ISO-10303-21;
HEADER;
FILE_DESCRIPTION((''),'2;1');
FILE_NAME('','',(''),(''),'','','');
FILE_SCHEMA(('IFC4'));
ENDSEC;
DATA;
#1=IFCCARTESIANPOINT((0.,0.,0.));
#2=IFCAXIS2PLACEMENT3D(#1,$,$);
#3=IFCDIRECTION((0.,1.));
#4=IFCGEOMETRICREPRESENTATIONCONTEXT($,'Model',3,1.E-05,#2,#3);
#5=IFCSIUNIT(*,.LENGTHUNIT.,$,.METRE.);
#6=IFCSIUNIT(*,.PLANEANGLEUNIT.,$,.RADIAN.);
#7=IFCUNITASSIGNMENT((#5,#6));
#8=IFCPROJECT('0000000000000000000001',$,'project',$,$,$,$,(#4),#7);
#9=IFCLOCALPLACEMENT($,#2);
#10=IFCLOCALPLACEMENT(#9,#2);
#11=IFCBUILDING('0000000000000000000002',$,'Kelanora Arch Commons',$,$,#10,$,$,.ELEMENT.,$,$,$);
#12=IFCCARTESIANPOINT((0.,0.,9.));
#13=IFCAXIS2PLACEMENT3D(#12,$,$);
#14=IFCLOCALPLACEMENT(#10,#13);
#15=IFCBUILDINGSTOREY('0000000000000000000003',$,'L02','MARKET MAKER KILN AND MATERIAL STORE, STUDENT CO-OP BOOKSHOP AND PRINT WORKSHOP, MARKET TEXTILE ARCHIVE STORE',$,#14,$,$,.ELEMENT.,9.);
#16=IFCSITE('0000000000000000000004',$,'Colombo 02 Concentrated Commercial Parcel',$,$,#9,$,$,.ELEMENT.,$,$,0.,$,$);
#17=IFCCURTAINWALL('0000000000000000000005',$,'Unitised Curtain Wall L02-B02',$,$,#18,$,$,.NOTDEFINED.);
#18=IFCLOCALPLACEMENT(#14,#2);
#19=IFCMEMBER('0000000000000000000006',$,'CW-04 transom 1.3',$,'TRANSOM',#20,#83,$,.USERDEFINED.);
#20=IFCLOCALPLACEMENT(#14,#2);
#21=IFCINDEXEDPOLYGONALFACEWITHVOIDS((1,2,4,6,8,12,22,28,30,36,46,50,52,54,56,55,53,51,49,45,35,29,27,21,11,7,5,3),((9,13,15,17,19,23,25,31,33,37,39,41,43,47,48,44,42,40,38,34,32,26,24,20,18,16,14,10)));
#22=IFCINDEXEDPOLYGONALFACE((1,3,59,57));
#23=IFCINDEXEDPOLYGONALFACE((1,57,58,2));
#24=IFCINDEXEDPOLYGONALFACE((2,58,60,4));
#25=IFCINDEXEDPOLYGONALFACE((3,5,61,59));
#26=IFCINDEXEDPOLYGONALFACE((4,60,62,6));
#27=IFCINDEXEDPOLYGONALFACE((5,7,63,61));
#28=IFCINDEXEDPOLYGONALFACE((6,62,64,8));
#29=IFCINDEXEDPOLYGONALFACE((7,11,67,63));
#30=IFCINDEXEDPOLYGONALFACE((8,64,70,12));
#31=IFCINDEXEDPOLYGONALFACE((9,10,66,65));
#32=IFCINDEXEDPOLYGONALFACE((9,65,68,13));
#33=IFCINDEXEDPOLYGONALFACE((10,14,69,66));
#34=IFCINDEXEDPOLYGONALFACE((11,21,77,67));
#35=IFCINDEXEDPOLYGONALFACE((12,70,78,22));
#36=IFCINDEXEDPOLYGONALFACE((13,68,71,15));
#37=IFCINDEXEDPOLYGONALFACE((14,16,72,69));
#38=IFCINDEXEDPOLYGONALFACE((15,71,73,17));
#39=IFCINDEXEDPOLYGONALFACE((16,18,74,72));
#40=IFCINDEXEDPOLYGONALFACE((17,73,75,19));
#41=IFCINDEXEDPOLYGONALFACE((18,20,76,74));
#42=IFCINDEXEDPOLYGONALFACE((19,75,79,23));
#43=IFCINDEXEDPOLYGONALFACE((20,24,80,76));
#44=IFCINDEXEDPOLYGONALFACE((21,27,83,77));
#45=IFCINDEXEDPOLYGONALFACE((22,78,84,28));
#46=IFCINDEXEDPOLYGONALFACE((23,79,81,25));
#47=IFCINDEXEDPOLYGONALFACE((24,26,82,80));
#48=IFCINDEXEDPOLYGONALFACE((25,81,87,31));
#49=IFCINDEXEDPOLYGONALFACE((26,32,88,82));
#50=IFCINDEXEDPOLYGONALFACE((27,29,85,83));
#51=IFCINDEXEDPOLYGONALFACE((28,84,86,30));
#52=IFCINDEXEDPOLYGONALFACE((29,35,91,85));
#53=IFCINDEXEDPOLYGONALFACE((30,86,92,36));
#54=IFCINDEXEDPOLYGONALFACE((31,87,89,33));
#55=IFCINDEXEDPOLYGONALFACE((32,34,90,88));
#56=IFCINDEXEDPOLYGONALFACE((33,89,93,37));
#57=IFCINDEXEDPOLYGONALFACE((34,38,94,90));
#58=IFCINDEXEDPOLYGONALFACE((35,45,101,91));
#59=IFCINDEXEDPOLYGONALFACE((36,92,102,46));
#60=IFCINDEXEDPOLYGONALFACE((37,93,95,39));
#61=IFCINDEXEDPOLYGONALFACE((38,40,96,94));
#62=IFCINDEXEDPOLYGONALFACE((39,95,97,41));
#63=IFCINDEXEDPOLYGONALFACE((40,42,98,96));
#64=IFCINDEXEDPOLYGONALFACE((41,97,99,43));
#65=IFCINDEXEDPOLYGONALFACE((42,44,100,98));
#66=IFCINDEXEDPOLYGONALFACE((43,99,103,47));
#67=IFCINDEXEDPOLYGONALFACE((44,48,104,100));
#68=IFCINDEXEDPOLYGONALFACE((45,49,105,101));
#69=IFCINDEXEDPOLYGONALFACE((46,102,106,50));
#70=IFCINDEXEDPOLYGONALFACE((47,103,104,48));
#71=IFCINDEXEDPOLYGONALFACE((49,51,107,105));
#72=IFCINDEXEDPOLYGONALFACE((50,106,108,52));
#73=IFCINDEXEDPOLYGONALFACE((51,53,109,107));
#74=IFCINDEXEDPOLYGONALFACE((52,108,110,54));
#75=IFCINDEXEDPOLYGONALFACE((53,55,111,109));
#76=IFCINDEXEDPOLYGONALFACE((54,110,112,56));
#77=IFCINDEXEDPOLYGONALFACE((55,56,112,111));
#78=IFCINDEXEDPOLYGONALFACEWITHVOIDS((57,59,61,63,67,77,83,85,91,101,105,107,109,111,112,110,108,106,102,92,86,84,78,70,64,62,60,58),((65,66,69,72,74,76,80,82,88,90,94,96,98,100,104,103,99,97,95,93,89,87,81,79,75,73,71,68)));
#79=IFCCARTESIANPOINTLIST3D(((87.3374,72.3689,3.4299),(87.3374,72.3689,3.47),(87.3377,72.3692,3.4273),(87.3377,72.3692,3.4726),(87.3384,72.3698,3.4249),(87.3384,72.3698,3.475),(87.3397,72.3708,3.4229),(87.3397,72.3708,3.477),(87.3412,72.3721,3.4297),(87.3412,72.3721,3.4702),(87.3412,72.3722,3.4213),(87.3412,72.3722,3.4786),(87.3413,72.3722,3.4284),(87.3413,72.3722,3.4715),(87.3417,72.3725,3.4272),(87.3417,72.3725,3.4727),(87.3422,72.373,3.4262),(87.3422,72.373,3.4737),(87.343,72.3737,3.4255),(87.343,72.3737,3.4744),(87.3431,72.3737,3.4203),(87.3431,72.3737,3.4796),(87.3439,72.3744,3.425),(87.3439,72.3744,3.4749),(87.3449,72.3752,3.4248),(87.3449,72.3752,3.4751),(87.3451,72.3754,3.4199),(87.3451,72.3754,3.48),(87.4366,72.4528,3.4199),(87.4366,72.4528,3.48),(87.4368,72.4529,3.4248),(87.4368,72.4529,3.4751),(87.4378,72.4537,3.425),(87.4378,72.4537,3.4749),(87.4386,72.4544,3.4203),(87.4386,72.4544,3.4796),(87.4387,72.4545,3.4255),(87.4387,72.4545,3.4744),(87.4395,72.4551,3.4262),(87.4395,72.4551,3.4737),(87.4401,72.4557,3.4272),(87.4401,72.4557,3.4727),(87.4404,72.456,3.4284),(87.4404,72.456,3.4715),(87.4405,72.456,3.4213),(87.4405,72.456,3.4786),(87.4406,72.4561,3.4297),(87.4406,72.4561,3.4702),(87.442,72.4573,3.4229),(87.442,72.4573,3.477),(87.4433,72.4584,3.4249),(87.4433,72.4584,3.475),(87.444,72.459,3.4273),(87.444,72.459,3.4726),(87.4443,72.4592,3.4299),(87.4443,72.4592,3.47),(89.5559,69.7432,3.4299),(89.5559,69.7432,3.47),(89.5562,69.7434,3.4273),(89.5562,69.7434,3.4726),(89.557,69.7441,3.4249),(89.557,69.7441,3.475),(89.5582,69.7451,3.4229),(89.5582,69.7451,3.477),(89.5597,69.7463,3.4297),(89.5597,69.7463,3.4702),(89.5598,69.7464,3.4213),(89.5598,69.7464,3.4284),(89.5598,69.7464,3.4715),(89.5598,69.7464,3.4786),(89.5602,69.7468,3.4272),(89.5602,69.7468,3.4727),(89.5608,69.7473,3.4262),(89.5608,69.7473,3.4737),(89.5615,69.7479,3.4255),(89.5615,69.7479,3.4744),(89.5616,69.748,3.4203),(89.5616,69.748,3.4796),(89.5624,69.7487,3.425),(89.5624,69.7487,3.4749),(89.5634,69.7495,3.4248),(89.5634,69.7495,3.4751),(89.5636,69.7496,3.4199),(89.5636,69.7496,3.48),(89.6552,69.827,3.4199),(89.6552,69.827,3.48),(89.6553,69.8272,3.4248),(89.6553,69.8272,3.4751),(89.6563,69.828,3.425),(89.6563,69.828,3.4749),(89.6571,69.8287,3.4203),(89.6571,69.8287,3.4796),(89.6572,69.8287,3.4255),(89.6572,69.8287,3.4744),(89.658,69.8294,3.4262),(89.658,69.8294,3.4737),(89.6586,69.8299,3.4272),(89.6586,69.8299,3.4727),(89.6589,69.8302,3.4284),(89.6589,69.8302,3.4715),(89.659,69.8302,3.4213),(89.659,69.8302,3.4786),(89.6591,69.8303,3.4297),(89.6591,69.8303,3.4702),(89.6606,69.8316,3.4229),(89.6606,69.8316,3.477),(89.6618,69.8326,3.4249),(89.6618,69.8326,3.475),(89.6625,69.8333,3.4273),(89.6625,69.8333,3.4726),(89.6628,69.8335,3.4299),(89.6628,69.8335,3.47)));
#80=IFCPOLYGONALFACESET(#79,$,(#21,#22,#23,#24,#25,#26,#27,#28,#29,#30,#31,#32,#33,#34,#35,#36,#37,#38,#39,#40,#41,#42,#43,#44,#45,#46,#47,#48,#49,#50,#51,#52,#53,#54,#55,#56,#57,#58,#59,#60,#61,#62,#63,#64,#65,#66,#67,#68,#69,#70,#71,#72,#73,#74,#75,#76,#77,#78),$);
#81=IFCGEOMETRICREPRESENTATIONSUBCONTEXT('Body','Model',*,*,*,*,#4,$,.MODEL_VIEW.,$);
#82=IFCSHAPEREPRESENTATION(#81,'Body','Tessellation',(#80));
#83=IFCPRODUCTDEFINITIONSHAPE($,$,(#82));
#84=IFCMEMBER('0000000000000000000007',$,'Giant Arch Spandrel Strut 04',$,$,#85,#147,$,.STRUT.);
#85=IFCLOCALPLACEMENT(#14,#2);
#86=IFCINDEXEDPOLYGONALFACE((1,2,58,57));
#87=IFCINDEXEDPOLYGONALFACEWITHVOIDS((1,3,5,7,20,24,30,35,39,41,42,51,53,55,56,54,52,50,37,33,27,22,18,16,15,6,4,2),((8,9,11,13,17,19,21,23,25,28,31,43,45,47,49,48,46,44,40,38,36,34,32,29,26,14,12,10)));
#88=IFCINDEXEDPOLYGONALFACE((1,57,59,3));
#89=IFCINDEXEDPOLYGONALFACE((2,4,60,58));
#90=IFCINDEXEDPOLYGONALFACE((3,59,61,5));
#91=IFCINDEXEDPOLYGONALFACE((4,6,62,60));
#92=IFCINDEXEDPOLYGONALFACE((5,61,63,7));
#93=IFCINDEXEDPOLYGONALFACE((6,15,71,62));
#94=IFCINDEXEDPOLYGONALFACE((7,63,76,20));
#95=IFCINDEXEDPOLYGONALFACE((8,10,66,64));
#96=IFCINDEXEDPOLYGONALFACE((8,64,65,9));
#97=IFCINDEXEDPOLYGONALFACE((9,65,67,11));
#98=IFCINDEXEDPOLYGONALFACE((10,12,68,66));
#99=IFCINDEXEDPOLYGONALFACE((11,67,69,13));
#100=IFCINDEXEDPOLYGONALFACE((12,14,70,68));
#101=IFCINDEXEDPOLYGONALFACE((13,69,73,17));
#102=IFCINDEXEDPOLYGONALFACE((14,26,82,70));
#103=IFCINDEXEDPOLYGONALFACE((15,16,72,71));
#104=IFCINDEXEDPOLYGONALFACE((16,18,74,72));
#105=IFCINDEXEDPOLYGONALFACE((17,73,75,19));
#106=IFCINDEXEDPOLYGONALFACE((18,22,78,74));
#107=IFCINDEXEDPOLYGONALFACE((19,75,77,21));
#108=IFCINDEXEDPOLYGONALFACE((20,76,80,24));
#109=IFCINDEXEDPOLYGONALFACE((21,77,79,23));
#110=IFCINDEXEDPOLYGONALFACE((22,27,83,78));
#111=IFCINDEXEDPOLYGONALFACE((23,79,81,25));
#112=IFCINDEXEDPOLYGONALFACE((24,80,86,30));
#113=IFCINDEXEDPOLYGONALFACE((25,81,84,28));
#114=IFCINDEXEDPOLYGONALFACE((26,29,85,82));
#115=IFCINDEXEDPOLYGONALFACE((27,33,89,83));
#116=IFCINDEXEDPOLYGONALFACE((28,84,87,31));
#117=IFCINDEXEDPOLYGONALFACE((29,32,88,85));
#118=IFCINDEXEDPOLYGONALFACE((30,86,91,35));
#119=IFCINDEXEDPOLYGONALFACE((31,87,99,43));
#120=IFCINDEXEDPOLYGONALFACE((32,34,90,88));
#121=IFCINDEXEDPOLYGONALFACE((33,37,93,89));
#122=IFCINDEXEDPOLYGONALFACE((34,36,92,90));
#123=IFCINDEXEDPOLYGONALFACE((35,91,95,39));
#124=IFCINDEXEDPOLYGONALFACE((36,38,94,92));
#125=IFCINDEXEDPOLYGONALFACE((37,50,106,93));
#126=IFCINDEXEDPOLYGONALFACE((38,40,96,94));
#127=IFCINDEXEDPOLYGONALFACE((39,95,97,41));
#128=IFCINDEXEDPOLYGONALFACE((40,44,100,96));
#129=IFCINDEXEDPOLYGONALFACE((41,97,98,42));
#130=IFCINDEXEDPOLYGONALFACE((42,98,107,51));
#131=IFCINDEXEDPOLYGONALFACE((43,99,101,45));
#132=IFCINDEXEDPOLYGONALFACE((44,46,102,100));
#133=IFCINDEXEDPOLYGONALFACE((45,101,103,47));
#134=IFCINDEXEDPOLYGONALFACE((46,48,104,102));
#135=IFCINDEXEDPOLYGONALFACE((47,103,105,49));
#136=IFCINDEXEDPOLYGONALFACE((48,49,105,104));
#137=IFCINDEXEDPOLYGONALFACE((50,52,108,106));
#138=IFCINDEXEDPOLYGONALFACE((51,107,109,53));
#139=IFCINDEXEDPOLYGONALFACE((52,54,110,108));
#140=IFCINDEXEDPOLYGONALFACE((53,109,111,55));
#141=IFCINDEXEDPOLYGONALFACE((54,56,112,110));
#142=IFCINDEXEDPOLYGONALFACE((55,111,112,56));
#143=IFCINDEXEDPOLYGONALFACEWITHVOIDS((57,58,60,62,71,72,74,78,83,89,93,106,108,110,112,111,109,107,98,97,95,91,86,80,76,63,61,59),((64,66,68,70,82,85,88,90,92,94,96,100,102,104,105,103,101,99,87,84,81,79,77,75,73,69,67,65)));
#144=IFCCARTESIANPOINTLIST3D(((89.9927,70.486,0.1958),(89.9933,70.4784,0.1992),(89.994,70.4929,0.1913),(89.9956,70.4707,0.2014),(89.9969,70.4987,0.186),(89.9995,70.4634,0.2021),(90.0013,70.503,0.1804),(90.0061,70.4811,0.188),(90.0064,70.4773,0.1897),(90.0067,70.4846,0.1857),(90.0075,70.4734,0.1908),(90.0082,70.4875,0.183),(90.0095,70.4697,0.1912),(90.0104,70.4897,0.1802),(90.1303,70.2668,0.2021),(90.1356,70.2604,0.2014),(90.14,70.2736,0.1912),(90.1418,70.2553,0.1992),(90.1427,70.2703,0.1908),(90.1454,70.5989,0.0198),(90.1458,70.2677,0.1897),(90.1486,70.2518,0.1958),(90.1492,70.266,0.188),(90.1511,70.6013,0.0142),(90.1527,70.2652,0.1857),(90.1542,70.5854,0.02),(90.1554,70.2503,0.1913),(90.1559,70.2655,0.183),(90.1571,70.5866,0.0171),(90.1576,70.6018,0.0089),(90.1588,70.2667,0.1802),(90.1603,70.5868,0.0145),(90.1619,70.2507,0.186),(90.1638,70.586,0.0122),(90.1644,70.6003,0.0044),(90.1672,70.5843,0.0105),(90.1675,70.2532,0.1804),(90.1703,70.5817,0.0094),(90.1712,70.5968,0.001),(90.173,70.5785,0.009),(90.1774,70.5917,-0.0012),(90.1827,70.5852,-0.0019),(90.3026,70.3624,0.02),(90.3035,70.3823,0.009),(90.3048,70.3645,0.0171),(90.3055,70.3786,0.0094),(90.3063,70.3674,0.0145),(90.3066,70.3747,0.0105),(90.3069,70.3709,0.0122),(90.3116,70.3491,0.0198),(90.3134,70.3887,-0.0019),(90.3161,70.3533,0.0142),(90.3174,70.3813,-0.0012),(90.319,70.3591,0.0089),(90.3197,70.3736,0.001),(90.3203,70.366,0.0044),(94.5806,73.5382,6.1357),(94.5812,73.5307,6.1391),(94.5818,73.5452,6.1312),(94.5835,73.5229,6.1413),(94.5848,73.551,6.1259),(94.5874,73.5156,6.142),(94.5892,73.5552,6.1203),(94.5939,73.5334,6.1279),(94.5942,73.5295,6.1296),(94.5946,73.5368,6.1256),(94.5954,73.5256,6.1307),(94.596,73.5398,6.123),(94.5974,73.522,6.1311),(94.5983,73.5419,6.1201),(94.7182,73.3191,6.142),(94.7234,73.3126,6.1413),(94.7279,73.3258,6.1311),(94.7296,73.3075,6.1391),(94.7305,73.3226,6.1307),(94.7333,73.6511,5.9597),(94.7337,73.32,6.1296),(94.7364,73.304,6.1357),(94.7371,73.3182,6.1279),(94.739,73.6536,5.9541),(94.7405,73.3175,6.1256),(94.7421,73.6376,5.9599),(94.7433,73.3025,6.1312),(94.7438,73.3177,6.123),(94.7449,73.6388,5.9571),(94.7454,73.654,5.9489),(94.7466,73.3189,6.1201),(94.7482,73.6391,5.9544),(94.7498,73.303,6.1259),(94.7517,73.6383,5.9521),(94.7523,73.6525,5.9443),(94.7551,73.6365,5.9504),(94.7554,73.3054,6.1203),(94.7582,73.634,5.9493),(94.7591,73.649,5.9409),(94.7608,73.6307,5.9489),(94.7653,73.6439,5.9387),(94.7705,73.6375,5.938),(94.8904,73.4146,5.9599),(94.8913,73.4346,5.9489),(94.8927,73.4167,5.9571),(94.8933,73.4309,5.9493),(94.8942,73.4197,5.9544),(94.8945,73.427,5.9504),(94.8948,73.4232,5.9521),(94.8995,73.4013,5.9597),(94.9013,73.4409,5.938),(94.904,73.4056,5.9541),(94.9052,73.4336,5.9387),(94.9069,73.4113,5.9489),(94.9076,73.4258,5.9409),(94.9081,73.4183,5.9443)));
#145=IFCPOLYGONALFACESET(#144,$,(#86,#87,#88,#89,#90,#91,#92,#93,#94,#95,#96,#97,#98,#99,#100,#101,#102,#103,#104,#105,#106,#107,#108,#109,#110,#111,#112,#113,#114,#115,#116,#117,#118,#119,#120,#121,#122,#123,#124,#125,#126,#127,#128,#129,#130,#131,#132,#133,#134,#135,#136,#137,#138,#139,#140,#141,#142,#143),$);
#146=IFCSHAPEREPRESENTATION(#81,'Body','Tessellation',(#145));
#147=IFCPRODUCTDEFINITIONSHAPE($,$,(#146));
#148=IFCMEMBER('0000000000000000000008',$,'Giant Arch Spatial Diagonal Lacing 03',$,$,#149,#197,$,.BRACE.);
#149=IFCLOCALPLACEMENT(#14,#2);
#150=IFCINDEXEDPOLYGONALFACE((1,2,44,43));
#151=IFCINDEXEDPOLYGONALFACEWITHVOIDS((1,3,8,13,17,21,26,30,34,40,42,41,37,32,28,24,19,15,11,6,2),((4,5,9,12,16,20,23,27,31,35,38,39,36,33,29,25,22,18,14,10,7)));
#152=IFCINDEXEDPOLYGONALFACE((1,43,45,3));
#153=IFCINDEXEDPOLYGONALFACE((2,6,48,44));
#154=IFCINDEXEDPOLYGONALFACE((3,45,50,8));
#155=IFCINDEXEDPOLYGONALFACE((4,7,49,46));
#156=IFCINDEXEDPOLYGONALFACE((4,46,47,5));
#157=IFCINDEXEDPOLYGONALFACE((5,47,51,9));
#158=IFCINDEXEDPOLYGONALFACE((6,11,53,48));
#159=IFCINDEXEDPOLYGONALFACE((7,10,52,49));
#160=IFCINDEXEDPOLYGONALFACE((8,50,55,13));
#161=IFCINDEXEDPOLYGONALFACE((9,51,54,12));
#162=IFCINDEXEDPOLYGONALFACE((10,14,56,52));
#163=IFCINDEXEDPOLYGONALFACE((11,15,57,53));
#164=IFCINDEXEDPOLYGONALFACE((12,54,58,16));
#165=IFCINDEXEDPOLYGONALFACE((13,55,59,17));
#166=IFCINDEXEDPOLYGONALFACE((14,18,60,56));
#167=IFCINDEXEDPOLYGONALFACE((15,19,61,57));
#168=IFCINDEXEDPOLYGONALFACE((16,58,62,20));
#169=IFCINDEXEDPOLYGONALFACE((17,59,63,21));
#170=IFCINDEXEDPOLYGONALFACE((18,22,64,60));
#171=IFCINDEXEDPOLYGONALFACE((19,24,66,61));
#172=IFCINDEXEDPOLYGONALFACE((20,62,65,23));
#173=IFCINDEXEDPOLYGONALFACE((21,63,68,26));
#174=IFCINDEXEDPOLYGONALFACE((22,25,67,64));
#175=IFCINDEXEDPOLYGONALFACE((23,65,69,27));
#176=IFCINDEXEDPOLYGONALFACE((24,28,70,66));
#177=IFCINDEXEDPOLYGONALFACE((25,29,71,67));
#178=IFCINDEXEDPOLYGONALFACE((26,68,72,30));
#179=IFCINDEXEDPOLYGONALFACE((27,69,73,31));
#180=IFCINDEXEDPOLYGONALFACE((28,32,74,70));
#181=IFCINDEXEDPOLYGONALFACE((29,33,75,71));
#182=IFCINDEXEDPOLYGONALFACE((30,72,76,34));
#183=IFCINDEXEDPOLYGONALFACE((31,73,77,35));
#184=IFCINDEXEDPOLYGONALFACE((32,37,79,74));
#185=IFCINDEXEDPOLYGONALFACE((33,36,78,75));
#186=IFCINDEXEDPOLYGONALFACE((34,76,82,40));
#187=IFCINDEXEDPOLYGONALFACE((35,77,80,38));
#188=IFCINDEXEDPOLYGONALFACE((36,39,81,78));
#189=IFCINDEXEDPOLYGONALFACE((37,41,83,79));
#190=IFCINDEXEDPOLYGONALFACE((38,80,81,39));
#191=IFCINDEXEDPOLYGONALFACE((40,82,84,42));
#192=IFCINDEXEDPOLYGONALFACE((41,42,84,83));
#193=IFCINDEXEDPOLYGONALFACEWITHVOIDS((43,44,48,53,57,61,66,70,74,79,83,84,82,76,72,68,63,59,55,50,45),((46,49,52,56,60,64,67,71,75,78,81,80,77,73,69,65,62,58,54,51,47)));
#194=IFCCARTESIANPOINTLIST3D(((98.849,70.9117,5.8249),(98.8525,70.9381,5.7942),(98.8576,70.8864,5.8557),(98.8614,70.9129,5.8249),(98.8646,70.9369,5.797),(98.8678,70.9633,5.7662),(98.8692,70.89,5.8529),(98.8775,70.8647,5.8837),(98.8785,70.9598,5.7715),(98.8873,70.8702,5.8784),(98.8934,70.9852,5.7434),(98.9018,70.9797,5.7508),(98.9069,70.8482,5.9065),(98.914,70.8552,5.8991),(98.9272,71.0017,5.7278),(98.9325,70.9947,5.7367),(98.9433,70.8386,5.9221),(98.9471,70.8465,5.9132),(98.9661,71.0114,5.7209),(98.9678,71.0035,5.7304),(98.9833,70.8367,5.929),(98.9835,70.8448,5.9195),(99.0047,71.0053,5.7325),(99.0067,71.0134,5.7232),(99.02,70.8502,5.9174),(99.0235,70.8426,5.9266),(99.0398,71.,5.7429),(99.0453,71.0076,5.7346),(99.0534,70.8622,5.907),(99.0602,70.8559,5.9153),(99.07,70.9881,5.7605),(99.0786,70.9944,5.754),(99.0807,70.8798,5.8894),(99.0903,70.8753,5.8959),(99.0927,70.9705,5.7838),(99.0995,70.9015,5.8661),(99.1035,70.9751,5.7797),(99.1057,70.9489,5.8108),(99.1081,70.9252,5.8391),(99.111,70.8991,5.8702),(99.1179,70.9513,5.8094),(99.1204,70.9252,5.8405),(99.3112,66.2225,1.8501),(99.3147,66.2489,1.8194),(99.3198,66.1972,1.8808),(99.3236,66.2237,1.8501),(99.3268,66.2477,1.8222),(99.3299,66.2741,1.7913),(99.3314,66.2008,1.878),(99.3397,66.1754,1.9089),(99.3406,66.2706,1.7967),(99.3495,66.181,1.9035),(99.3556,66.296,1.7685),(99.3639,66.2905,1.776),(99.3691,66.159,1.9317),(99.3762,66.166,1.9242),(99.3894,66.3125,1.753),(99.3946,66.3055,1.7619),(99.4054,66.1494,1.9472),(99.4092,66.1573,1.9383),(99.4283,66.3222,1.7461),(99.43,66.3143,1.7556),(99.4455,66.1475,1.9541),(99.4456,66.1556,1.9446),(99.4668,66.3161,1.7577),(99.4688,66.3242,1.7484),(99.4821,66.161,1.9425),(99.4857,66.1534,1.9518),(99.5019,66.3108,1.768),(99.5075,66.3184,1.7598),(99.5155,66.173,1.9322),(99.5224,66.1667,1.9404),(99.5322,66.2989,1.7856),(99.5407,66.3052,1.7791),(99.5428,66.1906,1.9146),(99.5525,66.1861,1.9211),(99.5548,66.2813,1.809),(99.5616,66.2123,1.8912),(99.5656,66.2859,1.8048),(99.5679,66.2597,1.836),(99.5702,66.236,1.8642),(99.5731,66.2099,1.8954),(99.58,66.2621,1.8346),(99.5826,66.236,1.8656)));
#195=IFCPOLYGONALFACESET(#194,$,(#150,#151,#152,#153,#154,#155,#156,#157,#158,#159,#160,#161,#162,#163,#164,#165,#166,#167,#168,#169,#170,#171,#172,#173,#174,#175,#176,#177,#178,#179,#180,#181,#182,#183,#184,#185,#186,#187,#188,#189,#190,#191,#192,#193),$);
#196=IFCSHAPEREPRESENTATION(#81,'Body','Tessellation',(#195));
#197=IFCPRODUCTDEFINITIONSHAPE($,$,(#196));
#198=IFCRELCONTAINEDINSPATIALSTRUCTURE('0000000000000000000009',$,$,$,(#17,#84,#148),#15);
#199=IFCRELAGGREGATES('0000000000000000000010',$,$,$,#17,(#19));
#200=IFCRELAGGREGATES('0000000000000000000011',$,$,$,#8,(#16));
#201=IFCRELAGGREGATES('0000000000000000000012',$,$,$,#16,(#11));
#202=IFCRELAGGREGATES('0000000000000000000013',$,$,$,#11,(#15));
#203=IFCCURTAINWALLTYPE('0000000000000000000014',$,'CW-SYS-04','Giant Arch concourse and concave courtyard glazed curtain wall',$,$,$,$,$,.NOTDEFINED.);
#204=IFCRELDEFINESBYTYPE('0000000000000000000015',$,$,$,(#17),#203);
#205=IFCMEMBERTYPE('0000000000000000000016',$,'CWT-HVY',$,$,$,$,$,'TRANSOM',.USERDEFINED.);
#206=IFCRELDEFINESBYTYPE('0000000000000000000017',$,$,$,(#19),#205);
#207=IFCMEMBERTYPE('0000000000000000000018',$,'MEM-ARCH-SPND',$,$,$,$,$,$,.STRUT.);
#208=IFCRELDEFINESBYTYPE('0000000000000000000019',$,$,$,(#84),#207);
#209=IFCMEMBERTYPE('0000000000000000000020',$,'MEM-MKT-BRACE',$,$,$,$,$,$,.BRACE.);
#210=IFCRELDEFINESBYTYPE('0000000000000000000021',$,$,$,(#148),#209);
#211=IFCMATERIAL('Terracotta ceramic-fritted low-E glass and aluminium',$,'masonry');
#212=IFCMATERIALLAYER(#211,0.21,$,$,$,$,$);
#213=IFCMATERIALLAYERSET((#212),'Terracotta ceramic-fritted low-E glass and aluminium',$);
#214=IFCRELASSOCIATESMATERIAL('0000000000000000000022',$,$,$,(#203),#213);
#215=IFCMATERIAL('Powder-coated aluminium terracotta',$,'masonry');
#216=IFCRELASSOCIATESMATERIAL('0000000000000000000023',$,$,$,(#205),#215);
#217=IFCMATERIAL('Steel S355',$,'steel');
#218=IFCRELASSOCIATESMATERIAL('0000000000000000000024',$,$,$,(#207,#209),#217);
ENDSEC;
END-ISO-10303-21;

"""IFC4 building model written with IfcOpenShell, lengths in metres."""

from ifc_helpers import new_model, si_unit, direction, frame, origin, origin_2d, place, context, subcontext, project, spatial, hollow_rectangle, hollow_circle, extrude, material, layer, layer_set, material_profile, profile_set, type_object, element, aggregate, save


model = new_model("IFC4")

# Units and contexts
model_context = context("Model", 3, precision=1e-05, world=origin(), true_north=direction((0.0, 1.0)))
body_context = subcontext(model_context, "Body", "Model", "MODEL_VIEW")
ifc_project = project(units=[si_unit("LENGTHUNIT", "METRE"), si_unit("PLANEANGLEUNIT", "RADIAN")], contexts=[model_context])

# Site, building, storey
site_placement = place(None, origin())
site = spatial("IfcSite", under=ifc_project, at=site_placement, Name="Colombo 02 Concentrated Commercial Parcel", CompositionType="ELEMENT", RefElevation=0.0)
building_placement = place(site_placement, origin())
building = spatial("IfcBuilding", under=site, at=building_placement, Name="Kelanora Arch Commons", CompositionType="ELEMENT")
storey_placement = place(building_placement, frame((0.0, 0.0, 9.0)))
storey = spatial("IfcBuildingStorey", under=building, at=storey_placement, Name="L02", Description="MARKET MAKER KILN AND MATERIAL STORE, STUDENT CO-OP BOOKSHOP AND PRINT WORKSHOP, MARKET TEXTILE ARCHIVE STORE", CompositionType="ELEMENT", Elevation=9.0)

# Shared definitions
ifc_material_1 = material(Name="Steel S355", Category="steel")

# Shared definitions
ifc_material_2 = material(Name="Terracotta ceramic-fritted low-E glass and aluminium", Category="masonry")
ifc_layer_1 = layer(ifc_material_2, 0.21)
ifc_layer_set_1 = layer_set([ifc_layer_1], Name="Terracotta ceramic-fritted low-E glass and aluminium")
curtain_wall_type = type_object("IfcCurtainWallType", Name="CW-SYS-04", Description="Giant Arch concourse and concave courtyard glazed curtain wall", PredefinedType="NOTDEFINED", material=ifc_layer_set_1)
ifc_material_3 = material(Name="Powder-coated aluminium terracotta", Category="masonry")

# Curtain wall
curtain_wall_1_placement = place(storey_placement, origin())
curtain_wall_1 = element("IfcCurtainWall", 1, at=curtain_wall_1_placement, inside=storey, type_object=curtain_wall_type, Name="Unitised Curtain Wall L02-B02", PredefinedType="NOTDEFINED")

# Member
ifc_material_profile_1 = material_profile(ifc_material_3, hollow_rectangle(XDim=0.1399, YDim=0.0601, WallThickness=0.0049, InnerFilletRadius=0.0049, OuterFilletRadius=0.01, at=origin_2d()), Name="CWT140x60")
ifc_profile_set_1 = profile_set([ifc_material_profile_1], Name="Powder-coated aluminium terracotta")
member_type_1 = type_object("IfcMemberType", Name="CWT-HVY", ElementType="TRANSOM", PredefinedType="USERDEFINED", material=ifc_profile_set_1)
member_1_placement = place(storey_placement, frame((89.6094, 69.7883, 3.45), z_axis=(-0.645388, 0.763855, 0.0), x_axis=(-0.763855, -0.645388, 0.0)))
member_1 = element("IfcMember", 2, at=member_1_placement, type_object=member_type_1, Name="CW-04 transom 1.3", ObjectType="TRANSOM", PredefinedType="USERDEFINED", context=body_context, shape_type="SweptSolid", body=[
    extrude(hollow_rectangle(XDim=0.1399, YDim=0.0601, WallThickness=0.0049, InnerFilletRadius=0.0049, OuterFilletRadius=0.01, at=origin_2d()), origin(), (0.0, 0.0, 1.0), 3.4375),
])

# Members
ifc_material_profile_2 = material_profile(ifc_material_1, hollow_rectangle(XDim=0.3, YDim=0.3, WallThickness=0.0161, InnerFilletRadius=0.0161, OuterFilletRadius=0.032, at=origin_2d()), Name="SHS300x300x16")
ifc_profile_set_2 = profile_set([ifc_material_profile_2], Name="Steel S355")
member_type_2 = type_object("IfcMemberType", Name="MEM-ARCH-SPND", PredefinedType="STRUT", material=ifc_profile_set_2)
member_2_placement = place(storey_placement, frame((90.1565, 70.426, 0.1001), z_axis=(0.566243, 0.376712, 0.733115), x_axis=(-0.553902, 0.832582, 0.0)))
element("IfcMember", 3, at=member_2_placement, inside=storey, type_object=member_type_2, Name="Giant Arch Spandrel Strut 04", PredefinedType="STRUT", context=body_context, shape_type="SweptSolid", body=[
    extrude(hollow_rectangle(XDim=0.3, YDim=0.3, WallThickness=0.0161, InnerFilletRadius=0.0161, OuterFilletRadius=0.032, at=origin_2d()), origin(), (0.0, 0.0, 1.0), 8.1023),
])
ifc_material_profile_3 = material_profile(ifc_material_1, hollow_circle(Radius=0.1365, WallThickness=0.0125, at=origin_2d()), Name="CHS273x12.5")
ifc_profile_set_3 = profile_set([ifc_material_profile_3], Name="Steel S355")
member_type_3 = type_object("IfcMemberType", Name="MEM-MKT-BRACE", PredefinedType="BRACE", material=ifc_profile_set_3)
member_3_placement = place(storey_placement, frame((99.447, 66.2358, 1.8501), z_axis=(-0.07497, 0.760673, 0.644792), x_axis=(-0.995178, -0.098083, 0.0)))
element("IfcMember", 4, at=member_3_placement, inside=storey, type_object=member_type_3, Name="Giant Arch Spatial Diagonal Lacing 03", PredefinedType="BRACE", context=body_context, shape_type="SweptSolid", body=[
    extrude(hollow_circle(Radius=0.1365, WallThickness=0.0125, at=origin_2d()), origin(), (0.0, 0.0, 1.0), 6.1646),
])

aggregate(curtain_wall_1, [member_1])

save(model, "model.ifc")
